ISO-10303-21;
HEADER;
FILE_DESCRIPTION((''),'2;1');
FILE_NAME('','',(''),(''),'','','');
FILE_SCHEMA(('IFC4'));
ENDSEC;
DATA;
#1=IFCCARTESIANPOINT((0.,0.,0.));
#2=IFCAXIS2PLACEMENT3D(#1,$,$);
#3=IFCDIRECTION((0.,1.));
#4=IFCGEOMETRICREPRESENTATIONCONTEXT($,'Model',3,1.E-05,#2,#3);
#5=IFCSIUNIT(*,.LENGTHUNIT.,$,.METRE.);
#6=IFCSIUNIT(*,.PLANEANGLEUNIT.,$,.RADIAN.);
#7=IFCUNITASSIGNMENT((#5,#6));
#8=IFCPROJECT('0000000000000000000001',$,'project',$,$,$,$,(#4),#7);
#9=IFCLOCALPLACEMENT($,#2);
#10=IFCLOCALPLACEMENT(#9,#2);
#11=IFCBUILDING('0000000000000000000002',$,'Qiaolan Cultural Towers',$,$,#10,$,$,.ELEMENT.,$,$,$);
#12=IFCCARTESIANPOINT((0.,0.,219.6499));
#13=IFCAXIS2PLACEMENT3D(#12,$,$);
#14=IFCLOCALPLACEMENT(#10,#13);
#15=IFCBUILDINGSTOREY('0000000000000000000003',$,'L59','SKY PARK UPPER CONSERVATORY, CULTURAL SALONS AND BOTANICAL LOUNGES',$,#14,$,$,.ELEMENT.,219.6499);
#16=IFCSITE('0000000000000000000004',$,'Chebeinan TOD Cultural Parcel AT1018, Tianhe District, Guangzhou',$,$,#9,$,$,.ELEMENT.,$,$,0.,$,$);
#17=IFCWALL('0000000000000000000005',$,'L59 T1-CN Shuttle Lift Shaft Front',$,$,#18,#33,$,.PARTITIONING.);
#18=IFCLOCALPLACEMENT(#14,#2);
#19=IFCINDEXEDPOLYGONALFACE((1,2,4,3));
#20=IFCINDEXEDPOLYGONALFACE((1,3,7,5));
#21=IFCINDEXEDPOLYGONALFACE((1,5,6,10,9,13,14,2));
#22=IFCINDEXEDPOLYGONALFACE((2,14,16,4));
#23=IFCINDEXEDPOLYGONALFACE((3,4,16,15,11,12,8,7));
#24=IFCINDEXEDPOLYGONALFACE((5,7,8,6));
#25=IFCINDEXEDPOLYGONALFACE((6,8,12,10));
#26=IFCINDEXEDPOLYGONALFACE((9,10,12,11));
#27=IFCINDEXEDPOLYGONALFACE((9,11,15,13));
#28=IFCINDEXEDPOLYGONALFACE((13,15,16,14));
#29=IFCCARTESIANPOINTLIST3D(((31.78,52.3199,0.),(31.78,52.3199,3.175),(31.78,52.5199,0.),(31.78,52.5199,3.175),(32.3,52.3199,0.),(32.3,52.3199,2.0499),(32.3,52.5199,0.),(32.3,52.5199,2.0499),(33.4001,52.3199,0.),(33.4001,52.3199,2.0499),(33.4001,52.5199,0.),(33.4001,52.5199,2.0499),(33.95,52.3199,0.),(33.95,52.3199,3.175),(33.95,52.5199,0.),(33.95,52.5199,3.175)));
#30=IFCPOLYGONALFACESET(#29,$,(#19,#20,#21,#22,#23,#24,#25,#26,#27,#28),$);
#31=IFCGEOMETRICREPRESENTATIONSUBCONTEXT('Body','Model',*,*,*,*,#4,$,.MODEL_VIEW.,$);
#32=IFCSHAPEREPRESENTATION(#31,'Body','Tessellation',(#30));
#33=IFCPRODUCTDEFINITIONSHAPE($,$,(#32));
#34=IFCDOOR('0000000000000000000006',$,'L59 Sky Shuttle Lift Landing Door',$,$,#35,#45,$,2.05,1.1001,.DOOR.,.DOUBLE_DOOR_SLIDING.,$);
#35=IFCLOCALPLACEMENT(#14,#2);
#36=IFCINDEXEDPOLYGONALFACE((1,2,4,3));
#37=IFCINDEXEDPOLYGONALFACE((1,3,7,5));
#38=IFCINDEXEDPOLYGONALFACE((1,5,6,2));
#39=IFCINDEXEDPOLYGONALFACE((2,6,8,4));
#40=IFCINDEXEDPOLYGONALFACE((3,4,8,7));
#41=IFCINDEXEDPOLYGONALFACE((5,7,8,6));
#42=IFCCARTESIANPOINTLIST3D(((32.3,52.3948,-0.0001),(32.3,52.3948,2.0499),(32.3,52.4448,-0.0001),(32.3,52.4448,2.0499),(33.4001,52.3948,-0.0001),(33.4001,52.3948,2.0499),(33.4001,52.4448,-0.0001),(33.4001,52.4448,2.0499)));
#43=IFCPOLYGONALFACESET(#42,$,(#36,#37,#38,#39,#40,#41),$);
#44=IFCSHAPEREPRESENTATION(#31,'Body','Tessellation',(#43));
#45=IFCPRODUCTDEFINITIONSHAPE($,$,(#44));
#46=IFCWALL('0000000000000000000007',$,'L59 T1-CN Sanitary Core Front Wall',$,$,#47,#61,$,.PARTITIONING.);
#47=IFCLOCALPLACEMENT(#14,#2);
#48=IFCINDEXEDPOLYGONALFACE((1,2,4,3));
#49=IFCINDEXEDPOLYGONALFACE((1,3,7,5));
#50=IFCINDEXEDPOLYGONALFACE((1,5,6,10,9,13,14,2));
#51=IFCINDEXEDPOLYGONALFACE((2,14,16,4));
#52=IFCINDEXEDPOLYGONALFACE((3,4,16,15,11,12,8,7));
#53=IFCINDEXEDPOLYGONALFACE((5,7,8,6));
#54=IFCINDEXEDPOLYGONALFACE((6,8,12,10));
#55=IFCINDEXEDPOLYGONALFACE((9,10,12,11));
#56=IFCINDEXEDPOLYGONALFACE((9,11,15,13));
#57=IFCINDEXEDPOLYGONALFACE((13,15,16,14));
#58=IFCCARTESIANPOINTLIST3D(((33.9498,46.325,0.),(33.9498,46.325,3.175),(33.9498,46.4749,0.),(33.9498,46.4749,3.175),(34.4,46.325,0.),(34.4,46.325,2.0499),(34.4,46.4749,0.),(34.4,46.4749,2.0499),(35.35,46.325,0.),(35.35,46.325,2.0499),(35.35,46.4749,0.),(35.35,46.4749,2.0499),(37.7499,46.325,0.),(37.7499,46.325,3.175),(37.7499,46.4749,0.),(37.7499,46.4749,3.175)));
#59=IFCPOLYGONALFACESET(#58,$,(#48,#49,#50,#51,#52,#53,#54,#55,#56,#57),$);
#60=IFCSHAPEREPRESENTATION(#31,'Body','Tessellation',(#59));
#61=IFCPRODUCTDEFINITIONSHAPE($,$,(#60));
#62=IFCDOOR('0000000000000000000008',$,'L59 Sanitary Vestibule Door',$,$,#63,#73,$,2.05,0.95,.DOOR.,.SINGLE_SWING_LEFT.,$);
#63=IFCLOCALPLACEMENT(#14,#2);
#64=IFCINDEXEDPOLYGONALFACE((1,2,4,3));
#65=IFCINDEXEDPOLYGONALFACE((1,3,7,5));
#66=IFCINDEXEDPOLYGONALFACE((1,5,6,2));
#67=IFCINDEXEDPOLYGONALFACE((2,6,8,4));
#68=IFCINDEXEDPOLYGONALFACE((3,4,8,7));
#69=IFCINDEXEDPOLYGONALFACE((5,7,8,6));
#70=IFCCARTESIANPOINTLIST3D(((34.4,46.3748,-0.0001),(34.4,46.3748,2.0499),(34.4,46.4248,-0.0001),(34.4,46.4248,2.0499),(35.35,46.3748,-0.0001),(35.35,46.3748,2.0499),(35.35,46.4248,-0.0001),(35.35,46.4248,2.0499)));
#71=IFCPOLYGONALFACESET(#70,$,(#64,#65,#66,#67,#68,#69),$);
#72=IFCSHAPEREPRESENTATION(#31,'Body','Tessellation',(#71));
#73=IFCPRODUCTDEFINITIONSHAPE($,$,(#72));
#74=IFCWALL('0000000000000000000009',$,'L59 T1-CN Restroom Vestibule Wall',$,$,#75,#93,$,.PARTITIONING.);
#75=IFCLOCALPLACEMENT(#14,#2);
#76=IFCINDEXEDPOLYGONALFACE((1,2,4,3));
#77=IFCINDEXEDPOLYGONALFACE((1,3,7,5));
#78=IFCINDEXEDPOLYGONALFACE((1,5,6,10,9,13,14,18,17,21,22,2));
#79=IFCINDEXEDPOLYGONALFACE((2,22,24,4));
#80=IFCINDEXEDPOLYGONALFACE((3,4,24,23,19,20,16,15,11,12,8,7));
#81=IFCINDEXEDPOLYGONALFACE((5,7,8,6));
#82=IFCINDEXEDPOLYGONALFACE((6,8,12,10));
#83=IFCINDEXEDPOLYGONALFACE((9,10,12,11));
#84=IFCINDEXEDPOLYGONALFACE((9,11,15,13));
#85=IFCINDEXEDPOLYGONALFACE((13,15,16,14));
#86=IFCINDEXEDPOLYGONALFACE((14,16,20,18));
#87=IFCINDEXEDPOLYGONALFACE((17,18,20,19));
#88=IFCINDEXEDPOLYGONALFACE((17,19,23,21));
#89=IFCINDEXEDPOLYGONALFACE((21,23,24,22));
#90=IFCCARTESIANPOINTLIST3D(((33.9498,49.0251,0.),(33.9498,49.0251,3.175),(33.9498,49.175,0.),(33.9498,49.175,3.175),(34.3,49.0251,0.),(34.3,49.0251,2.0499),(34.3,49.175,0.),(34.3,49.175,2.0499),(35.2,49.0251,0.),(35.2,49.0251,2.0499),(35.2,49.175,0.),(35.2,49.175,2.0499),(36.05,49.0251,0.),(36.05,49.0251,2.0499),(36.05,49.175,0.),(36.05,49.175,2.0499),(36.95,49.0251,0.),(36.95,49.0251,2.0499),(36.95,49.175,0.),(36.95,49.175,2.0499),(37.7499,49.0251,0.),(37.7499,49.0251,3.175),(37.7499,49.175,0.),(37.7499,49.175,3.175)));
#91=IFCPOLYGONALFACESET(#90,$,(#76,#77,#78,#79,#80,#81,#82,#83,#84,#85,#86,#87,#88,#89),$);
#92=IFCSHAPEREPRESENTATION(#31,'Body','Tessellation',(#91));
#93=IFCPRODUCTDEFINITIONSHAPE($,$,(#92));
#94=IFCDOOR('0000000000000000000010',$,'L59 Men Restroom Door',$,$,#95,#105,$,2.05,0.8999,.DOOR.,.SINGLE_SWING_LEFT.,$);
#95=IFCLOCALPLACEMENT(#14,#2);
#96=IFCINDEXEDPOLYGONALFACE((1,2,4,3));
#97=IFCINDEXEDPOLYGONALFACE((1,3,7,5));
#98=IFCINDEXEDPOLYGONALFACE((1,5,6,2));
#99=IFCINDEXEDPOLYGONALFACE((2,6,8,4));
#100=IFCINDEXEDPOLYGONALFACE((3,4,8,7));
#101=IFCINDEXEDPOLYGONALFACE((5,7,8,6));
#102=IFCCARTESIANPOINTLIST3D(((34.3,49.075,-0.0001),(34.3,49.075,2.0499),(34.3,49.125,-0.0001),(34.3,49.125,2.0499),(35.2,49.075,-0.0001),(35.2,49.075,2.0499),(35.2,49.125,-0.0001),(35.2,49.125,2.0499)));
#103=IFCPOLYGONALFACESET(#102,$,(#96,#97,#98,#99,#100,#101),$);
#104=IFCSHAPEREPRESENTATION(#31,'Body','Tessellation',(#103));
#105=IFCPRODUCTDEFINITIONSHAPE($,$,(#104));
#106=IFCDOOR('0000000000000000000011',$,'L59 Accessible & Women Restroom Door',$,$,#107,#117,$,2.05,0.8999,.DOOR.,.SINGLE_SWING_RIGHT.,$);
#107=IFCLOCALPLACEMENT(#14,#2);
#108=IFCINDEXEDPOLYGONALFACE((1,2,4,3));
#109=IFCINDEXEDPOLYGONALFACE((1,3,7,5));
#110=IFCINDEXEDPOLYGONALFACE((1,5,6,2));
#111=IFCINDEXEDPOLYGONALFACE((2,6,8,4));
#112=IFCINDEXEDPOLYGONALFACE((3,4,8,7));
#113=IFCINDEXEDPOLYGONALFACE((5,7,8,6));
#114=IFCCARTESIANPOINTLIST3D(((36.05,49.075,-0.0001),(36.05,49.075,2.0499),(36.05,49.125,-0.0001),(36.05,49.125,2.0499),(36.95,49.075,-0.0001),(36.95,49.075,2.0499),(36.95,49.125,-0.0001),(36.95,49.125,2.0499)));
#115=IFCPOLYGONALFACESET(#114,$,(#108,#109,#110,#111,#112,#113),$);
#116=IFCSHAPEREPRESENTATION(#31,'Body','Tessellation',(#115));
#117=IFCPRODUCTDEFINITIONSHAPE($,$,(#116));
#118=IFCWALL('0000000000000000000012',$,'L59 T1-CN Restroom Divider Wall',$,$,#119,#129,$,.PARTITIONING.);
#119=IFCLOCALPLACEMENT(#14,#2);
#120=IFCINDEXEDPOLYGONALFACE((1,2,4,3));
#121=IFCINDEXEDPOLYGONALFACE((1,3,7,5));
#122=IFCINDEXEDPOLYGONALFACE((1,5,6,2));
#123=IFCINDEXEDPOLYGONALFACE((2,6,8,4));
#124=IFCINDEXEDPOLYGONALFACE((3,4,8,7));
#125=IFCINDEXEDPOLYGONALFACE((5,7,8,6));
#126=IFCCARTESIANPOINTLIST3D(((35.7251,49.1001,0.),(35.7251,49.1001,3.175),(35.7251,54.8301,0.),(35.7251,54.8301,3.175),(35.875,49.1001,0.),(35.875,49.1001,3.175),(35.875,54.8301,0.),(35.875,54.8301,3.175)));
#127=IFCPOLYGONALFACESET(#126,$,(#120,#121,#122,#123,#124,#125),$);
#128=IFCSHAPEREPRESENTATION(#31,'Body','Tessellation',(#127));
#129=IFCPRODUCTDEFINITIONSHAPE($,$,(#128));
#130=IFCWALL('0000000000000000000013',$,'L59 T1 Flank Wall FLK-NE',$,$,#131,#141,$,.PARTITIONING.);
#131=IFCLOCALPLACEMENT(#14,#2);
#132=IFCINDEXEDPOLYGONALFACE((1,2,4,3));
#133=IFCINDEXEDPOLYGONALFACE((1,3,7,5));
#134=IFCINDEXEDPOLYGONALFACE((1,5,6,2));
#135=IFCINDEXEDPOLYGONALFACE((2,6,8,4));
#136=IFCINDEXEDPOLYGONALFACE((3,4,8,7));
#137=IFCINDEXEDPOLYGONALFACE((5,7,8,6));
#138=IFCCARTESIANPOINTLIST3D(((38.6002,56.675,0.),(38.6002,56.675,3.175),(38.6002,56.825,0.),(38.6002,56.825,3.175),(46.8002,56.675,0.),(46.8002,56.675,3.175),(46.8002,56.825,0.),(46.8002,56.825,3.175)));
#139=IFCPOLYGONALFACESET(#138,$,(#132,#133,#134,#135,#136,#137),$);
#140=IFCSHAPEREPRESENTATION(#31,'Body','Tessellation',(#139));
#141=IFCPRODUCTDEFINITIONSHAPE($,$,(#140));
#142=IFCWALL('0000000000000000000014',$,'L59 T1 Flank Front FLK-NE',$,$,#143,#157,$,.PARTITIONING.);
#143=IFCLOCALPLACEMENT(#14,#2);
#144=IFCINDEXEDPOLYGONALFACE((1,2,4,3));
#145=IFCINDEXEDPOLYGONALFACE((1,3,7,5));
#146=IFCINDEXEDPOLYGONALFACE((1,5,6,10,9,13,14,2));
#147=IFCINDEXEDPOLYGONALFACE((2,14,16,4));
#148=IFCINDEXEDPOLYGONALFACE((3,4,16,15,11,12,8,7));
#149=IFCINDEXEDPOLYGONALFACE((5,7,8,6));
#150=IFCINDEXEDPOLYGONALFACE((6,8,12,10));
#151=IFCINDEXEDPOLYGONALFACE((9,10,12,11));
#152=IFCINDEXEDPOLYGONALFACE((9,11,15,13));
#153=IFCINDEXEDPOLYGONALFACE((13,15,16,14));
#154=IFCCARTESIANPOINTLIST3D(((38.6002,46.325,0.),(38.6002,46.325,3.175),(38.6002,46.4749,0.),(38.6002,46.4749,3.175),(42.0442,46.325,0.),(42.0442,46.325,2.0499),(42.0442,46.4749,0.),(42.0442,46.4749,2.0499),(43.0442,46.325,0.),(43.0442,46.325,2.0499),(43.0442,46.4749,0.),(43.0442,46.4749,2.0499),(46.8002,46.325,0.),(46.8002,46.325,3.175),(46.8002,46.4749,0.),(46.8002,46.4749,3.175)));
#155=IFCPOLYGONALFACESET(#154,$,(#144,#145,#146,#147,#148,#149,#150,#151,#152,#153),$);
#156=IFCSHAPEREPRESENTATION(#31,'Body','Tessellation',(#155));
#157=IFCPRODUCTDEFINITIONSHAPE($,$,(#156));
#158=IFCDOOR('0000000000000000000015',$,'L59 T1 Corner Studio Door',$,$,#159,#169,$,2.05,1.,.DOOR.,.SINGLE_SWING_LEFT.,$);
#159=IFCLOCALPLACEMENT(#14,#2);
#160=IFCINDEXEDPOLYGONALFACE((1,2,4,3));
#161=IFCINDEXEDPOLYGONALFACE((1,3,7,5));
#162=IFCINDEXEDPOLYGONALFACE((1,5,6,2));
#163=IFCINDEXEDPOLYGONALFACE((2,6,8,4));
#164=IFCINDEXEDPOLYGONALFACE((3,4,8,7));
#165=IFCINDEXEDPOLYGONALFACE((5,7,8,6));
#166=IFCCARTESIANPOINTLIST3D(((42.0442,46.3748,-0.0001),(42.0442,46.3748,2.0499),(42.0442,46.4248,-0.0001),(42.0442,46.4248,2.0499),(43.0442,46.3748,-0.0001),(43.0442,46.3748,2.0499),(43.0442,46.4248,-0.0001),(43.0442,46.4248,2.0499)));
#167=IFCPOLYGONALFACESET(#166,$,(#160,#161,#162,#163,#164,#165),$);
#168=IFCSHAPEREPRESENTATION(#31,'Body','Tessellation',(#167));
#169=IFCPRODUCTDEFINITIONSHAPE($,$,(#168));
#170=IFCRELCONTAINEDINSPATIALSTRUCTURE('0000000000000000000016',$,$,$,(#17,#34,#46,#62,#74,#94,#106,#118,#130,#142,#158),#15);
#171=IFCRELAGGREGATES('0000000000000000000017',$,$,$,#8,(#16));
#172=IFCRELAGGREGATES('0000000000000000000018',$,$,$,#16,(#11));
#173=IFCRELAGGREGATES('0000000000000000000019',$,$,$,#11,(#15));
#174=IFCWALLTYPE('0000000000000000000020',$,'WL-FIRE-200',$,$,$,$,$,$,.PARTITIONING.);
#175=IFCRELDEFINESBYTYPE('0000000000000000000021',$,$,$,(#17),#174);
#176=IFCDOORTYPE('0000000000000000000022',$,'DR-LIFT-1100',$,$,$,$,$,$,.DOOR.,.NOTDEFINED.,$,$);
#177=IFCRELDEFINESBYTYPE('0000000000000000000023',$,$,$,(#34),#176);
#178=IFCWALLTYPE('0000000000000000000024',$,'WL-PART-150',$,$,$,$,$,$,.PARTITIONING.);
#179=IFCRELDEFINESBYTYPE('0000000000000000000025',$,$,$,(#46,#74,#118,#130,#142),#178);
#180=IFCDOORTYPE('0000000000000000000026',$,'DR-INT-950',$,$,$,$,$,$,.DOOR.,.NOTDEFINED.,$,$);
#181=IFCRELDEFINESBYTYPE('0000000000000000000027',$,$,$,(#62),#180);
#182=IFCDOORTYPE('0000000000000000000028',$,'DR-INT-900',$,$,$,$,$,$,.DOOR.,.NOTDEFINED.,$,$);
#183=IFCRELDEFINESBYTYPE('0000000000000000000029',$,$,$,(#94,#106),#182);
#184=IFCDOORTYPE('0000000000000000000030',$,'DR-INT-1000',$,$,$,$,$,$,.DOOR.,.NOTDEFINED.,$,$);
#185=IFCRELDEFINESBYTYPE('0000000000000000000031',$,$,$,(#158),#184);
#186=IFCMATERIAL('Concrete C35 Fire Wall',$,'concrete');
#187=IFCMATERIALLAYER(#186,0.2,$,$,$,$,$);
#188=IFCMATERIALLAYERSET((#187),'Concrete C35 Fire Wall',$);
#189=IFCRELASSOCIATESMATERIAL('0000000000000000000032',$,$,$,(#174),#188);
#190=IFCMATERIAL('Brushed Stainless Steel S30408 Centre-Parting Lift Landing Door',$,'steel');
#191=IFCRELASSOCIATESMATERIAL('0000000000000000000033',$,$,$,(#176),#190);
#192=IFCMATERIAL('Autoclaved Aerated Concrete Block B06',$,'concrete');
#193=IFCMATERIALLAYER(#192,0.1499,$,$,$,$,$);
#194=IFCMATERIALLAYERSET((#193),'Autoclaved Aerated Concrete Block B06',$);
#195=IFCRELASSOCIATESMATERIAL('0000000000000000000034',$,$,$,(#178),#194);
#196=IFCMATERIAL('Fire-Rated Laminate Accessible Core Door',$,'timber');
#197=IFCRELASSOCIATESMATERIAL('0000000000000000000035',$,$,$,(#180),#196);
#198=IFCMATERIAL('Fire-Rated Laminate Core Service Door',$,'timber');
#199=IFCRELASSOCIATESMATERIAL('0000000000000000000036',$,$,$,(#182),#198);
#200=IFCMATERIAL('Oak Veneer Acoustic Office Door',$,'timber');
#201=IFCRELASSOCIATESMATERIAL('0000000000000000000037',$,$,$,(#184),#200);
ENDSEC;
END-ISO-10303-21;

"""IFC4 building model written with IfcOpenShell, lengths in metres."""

from ifc_helpers import new_model, si_unit, direction, frame, frame_2d, origin, place, context, subcontext, project, spatial, rectangle, extrude, material, layer, layer_set, type_object, element, fill, save


model = new_model("IFC4")

# Units and contexts
model_context = context("Model", 3, precision=1e-05, world=origin(), true_north=direction((0.0, 1.0)))
body_context = subcontext(model_context, "Body", "Model", "MODEL_VIEW")
ifc_project = project(units=[si_unit("LENGTHUNIT", "METRE"), si_unit("PLANEANGLEUNIT", "RADIAN")], contexts=[model_context])

# Site, building, storey
site_placement = place(None, origin())
site = spatial("IfcSite", under=ifc_project, at=site_placement, Name="Chebeinan TOD Cultural Parcel AT1018, Tianhe District, Guangzhou", CompositionType="ELEMENT", RefElevation=0.0)
building_placement = place(site_placement, origin())
building = spatial("IfcBuilding", under=site, at=building_placement, Name="Qiaolan Cultural Towers", CompositionType="ELEMENT")
storey_placement = place(building_placement, frame((0.0, 0.0, 219.6499)))
storey = spatial("IfcBuildingStorey", under=building, at=storey_placement, Name="L59", Description="SKY PARK UPPER CONSERVATORY, CULTURAL SALONS AND BOTANICAL LOUNGES", CompositionType="ELEMENT", Elevation=219.6499)

# Shared definitions
ifc_material_1 = material(Name="Concrete C35 Fire Wall", Category="concrete")
ifc_layer_1 = layer(ifc_material_1, 0.2)
ifc_layer_set_1 = layer_set([ifc_layer_1], Name="Concrete C35 Fire Wall")
wall_type_1 = type_object("IfcWallType", Name="WL-FIRE-200", PredefinedType="PARTITIONING", material=ifc_layer_set_1)

# Walls, openings, doors
wall_1_placement = place(storey_placement, frame((31.78, 52.4199, 0.0), z_axis=(0.0, 0.0, 1.0), x_axis=(1.0, 0.0, 0.0)))
wall_1 = element("IfcWall", 1, at=wall_1_placement, inside=storey, type_object=wall_type_1, Name="L59 T1-CN Shuttle Lift Shaft Front", PredefinedType="PARTITIONING", context=body_context, shape_type="SweptSolid", body=[
    extrude(rectangle(XDim=2.1699, YDim=0.2, at=frame_2d((1.085, 0.0))), origin(), (0.0, 0.0, 1.0), 3.175),
])
opening_1_placement = place(wall_1_placement, frame((0.52, 0.0, 0.0)))
opening_1 = element("IfcOpeningElement", 2, at=opening_1_placement, cuts=wall_1, PredefinedType="OPENING", context=body_context, shape_type="SweptSolid", body=[
    extrude(rectangle(XDim=1.1001, YDim=2.05, at=frame_2d((0.55, 1.0249))), frame((0.0, 0.1099, 0.0), z_axis=(0.0, -1.0, 0.0), x_axis=(1.0, 0.0, 0.0)), (0.0, 0.0, 1.0), 0.22),
])
ifc_material_2 = material(Name="Brushed Stainless Steel S30408 Centre-Parting Lift Landing Door", Category="steel")
door_type_1 = type_object("IfcDoorType", Name="DR-LIFT-1100", OperationType="NOTDEFINED", PredefinedType="DOOR", material=ifc_material_2)
door_1_placement = place(opening_1_placement, origin())
door_1 = element("IfcDoor", 3, at=door_1_placement, inside=storey, type_object=door_type_1, Name="L59 Sky Shuttle Lift Landing Door", OperationType="DOUBLE_DOOR_SLIDING", OverallHeight=2.05, OverallWidth=1.1001, PredefinedType="DOOR", context=body_context, shape_type="SweptSolid", body=[
    extrude(rectangle(XDim=1.1001, YDim=2.05, at=frame_2d((0.55, 1.0249))), frame((0.0, 0.0249, 0.0), z_axis=(0.0, -1.0, 0.0), x_axis=(1.0, 0.0, 0.0)), (0.0, 0.0, 1.0), 0.05),
])
fill(opening_1, door_1)
ifc_material_3 = material(Name="Autoclaved Aerated Concrete Block B06", Category="concrete")
ifc_layer_2 = layer(ifc_material_3, 0.1499)
ifc_layer_set_2 = layer_set([ifc_layer_2], Name="Autoclaved Aerated Concrete Block B06")
wall_type_2 = type_object("IfcWallType", Name="WL-PART-150", PredefinedType="PARTITIONING", material=ifc_layer_set_2)
wall_2_placement = place(storey_placement, frame((33.95, 46.3999, 0.0), z_axis=(0.0, 0.0, 1.0), x_axis=(1.0, 0.0, 0.0)))
wall_2 = element("IfcWall", 4, at=wall_2_placement, inside=storey, type_object=wall_type_2, Name="L59 T1-CN Sanitary Core Front Wall", PredefinedType="PARTITIONING", context=body_context, shape_type="SweptSolid", body=[
    extrude(rectangle(XDim=3.8, YDim=0.1499, at=frame_2d((1.8999, 0.0))), origin(), (0.0, 0.0, 1.0), 3.175),
])
opening_2_placement = place(wall_2_placement, frame((0.45, 0.0, 0.0)))
opening_2 = element("IfcOpeningElement", 5, at=opening_2_placement, cuts=wall_2, PredefinedType="OPENING", context=body_context, shape_type="SweptSolid", body=[
    extrude(rectangle(XDim=0.95, YDim=2.05, at=frame_2d((0.4751, 1.0249))), frame((0.0, 0.085, 0.0), z_axis=(0.0, -1.0, 0.0), x_axis=(1.0, 0.0, 0.0)), (0.0, 0.0, 1.0), 0.1699),
])
ifc_material_4 = material(Name="Fire-Rated Laminate Accessible Core Door", Category="timber")
door_type_2 = type_object("IfcDoorType", Name="DR-INT-950", OperationType="NOTDEFINED", PredefinedType="DOOR", material=ifc_material_4)
door_2_placement = place(opening_2_placement, origin())
door_2 = element("IfcDoor", 6, at=door_2_placement, inside=storey, type_object=door_type_2, Name="L59 Sanitary Vestibule Door", OperationType="SINGLE_SWING_LEFT", OverallHeight=2.05, OverallWidth=0.95, PredefinedType="DOOR", context=body_context, shape_type="SweptSolid", body=[
    extrude(rectangle(XDim=0.95, YDim=2.05, at=frame_2d((0.4751, 1.0249))), frame((0.0, 0.0249, 0.0), z_axis=(0.0, -1.0, 0.0), x_axis=(1.0, 0.0, 0.0)), (0.0, 0.0, 1.0), 0.05),
])
fill(opening_2, door_2)

# Wall, openings, doors
wall_3_placement = place(storey_placement, frame((33.95, 49.1001, 0.0), z_axis=(0.0, 0.0, 1.0), x_axis=(1.0, 0.0, 0.0)))
wall_3 = element("IfcWall", 7, at=wall_3_placement, inside=storey, type_object=wall_type_2, Name="L59 T1-CN Restroom Vestibule Wall", PredefinedType="PARTITIONING", context=body_context, shape_type="SweptSolid", body=[
    extrude(rectangle(XDim=3.8, YDim=0.1499, at=frame_2d((1.8999, 0.0))), origin(), (0.0, 0.0, 1.0), 3.175),
])
opening_3_placement = place(wall_3_placement, frame((0.3501, 0.0, 0.0)))
opening_3 = element("IfcOpeningElement", 8, at=opening_3_placement, cuts=wall_3, PredefinedType="OPENING", context=body_context, shape_type="SweptSolid", body=[
    extrude(rectangle(XDim=0.8999, YDim=2.05, at=frame_2d((0.45, 1.0249))), frame((0.0, 0.085, 0.0), z_axis=(0.0, -1.0, 0.0), x_axis=(1.0, 0.0, 0.0)), (0.0, 0.0, 1.0), 0.1699),
])
opening_4_placement = place(wall_3_placement, frame((2.1001, 0.0, 0.0)))
opening_4 = element("IfcOpeningElement", 9, at=opening_4_placement, cuts=wall_3, PredefinedType="OPENING", context=body_context, shape_type="SweptSolid", body=[
    extrude(rectangle(XDim=0.8999, YDim=2.05, at=frame_2d((0.45, 1.0249))), frame((0.0, 0.085, 0.0), z_axis=(0.0, -1.0, 0.0), x_axis=(1.0, 0.0, 0.0)), (0.0, 0.0, 1.0), 0.1699),
])
ifc_material_5 = material(Name="Fire-Rated Laminate Core Service Door", Category="timber")
door_type_3 = type_object("IfcDoorType", Name="DR-INT-900", OperationType="NOTDEFINED", PredefinedType="DOOR", material=ifc_material_5)
door_3_placement = place(opening_3_placement, origin())
door_3 = element("IfcDoor", 10, at=door_3_placement, inside=storey, type_object=door_type_3, Name="L59 Men Restroom Door", OperationType="SINGLE_SWING_LEFT", OverallHeight=2.05, OverallWidth=0.8999, PredefinedType="DOOR", context=body_context, shape_type="SweptSolid", body=[
    extrude(rectangle(XDim=0.8999, YDim=2.05, at=frame_2d((0.45, 1.0249))), frame((0.0, 0.0249, 0.0), z_axis=(0.0, -1.0, 0.0), x_axis=(1.0, 0.0, 0.0)), (0.0, 0.0, 1.0), 0.05),
])
fill(opening_3, door_3)
door_4_placement = place(opening_4_placement, origin())
door_4 = element("IfcDoor", 11, at=door_4_placement, inside=storey, type_object=door_type_3, Name="L59 Accessible & Women Restroom Door", OperationType="SINGLE_SWING_RIGHT", OverallHeight=2.05, OverallWidth=0.8999, PredefinedType="DOOR", context=body_context, shape_type="SweptSolid", body=[
    extrude(rectangle(XDim=0.8999, YDim=2.05, at=frame_2d((0.45, 1.0249))), frame((0.0, 0.0249, 0.0), z_axis=(0.0, -1.0, 0.0), x_axis=(1.0, 0.0, 0.0)), (0.0, 0.0, 1.0), 0.05),
])
fill(opening_4, door_4)

# Walls
wall_4_placement = place(storey_placement, frame((35.8, 49.1001, 0.0), z_axis=(0.0, 0.0, 1.0), x_axis=(0.0, 1.0, 0.0)))
element("IfcWall", 12, at=wall_4_placement, inside=storey, type_object=wall_type_2, Name="L59 T1-CN Restroom Divider Wall", PredefinedType="PARTITIONING", context=body_context, shape_type="SweptSolid", body=[
    extrude(rectangle(XDim=5.73, YDim=0.1499, at=frame_2d((2.865, 0.0))), origin(), (0.0, 0.0, 1.0), 3.175),
])
wall_5_placement = place(storey_placement, frame((38.6001, 56.75, 0.0), z_axis=(0.0, 0.0, 1.0), x_axis=(1.0, 0.0, 0.0)))
element("IfcWall", 13, at=wall_5_placement, inside=storey, type_object=wall_type_2, Name="L59 T1 Flank Wall FLK-NE", PredefinedType="PARTITIONING", context=body_context, shape_type="SweptSolid", body=[
    extrude(rectangle(XDim=8.2, YDim=0.1499, at=frame_2d((4.1001, 0.0))), origin(), (0.0, 0.0, 1.0), 3.175),
])

# Wall, opening, door
wall_6_placement = place(storey_placement, frame((38.6001, 46.3999, 0.0), z_axis=(0.0, 0.0, 1.0), x_axis=(1.0, 0.0, 0.0)))
wall_6 = element("IfcWall", 14, at=wall_6_placement, inside=storey, type_object=wall_type_2, Name="L59 T1 Flank Front FLK-NE", PredefinedType="PARTITIONING", context=body_context, shape_type="SweptSolid", body=[
    extrude(rectangle(XDim=8.2, YDim=0.1499, at=frame_2d((4.1001, 0.0))), origin(), (0.0, 0.0, 1.0), 3.175),
])
opening_5_placement = place(wall_6_placement, frame((3.4441, 0.0, 0.0)))
opening_5 = element("IfcOpeningElement", 15, at=opening_5_placement, cuts=wall_6, PredefinedType="OPENING", context=body_context, shape_type="SweptSolid", body=[
    extrude(rectangle(XDim=1.0, YDim=2.05, at=frame_2d((0.5, 1.0249))), frame((0.0, 0.085, 0.0), z_axis=(0.0, -1.0, 0.0), x_axis=(1.0, 0.0, 0.0)), (0.0, 0.0, 1.0), 0.1699),
])
ifc_material_6 = material(Name="Oak Veneer Acoustic Office Door", Category="timber")
door_type_4 = type_object("IfcDoorType", Name="DR-INT-1000", OperationType="NOTDEFINED", PredefinedType="DOOR", material=ifc_material_6)
door_5_placement = place(opening_5_placement, origin())
door_5 = element("IfcDoor", 16, at=door_5_placement, inside=storey, type_object=door_type_4, Name="L59 T1 Corner Studio Door", OperationType="SINGLE_SWING_LEFT", OverallHeight=2.05, OverallWidth=1.0, PredefinedType="DOOR", context=body_context, shape_type="SweptSolid", body=[
    extrude(rectangle(XDim=1.0, YDim=2.05, at=frame_2d((0.5, 1.0249))), frame((0.0, 0.0249, 0.0), z_axis=(0.0, -1.0, 0.0), x_axis=(1.0, 0.0, 0.0)), (0.0, 0.0, 1.0), 0.05),
])
fill(opening_5, door_5)

save(model, "model.ifc")
